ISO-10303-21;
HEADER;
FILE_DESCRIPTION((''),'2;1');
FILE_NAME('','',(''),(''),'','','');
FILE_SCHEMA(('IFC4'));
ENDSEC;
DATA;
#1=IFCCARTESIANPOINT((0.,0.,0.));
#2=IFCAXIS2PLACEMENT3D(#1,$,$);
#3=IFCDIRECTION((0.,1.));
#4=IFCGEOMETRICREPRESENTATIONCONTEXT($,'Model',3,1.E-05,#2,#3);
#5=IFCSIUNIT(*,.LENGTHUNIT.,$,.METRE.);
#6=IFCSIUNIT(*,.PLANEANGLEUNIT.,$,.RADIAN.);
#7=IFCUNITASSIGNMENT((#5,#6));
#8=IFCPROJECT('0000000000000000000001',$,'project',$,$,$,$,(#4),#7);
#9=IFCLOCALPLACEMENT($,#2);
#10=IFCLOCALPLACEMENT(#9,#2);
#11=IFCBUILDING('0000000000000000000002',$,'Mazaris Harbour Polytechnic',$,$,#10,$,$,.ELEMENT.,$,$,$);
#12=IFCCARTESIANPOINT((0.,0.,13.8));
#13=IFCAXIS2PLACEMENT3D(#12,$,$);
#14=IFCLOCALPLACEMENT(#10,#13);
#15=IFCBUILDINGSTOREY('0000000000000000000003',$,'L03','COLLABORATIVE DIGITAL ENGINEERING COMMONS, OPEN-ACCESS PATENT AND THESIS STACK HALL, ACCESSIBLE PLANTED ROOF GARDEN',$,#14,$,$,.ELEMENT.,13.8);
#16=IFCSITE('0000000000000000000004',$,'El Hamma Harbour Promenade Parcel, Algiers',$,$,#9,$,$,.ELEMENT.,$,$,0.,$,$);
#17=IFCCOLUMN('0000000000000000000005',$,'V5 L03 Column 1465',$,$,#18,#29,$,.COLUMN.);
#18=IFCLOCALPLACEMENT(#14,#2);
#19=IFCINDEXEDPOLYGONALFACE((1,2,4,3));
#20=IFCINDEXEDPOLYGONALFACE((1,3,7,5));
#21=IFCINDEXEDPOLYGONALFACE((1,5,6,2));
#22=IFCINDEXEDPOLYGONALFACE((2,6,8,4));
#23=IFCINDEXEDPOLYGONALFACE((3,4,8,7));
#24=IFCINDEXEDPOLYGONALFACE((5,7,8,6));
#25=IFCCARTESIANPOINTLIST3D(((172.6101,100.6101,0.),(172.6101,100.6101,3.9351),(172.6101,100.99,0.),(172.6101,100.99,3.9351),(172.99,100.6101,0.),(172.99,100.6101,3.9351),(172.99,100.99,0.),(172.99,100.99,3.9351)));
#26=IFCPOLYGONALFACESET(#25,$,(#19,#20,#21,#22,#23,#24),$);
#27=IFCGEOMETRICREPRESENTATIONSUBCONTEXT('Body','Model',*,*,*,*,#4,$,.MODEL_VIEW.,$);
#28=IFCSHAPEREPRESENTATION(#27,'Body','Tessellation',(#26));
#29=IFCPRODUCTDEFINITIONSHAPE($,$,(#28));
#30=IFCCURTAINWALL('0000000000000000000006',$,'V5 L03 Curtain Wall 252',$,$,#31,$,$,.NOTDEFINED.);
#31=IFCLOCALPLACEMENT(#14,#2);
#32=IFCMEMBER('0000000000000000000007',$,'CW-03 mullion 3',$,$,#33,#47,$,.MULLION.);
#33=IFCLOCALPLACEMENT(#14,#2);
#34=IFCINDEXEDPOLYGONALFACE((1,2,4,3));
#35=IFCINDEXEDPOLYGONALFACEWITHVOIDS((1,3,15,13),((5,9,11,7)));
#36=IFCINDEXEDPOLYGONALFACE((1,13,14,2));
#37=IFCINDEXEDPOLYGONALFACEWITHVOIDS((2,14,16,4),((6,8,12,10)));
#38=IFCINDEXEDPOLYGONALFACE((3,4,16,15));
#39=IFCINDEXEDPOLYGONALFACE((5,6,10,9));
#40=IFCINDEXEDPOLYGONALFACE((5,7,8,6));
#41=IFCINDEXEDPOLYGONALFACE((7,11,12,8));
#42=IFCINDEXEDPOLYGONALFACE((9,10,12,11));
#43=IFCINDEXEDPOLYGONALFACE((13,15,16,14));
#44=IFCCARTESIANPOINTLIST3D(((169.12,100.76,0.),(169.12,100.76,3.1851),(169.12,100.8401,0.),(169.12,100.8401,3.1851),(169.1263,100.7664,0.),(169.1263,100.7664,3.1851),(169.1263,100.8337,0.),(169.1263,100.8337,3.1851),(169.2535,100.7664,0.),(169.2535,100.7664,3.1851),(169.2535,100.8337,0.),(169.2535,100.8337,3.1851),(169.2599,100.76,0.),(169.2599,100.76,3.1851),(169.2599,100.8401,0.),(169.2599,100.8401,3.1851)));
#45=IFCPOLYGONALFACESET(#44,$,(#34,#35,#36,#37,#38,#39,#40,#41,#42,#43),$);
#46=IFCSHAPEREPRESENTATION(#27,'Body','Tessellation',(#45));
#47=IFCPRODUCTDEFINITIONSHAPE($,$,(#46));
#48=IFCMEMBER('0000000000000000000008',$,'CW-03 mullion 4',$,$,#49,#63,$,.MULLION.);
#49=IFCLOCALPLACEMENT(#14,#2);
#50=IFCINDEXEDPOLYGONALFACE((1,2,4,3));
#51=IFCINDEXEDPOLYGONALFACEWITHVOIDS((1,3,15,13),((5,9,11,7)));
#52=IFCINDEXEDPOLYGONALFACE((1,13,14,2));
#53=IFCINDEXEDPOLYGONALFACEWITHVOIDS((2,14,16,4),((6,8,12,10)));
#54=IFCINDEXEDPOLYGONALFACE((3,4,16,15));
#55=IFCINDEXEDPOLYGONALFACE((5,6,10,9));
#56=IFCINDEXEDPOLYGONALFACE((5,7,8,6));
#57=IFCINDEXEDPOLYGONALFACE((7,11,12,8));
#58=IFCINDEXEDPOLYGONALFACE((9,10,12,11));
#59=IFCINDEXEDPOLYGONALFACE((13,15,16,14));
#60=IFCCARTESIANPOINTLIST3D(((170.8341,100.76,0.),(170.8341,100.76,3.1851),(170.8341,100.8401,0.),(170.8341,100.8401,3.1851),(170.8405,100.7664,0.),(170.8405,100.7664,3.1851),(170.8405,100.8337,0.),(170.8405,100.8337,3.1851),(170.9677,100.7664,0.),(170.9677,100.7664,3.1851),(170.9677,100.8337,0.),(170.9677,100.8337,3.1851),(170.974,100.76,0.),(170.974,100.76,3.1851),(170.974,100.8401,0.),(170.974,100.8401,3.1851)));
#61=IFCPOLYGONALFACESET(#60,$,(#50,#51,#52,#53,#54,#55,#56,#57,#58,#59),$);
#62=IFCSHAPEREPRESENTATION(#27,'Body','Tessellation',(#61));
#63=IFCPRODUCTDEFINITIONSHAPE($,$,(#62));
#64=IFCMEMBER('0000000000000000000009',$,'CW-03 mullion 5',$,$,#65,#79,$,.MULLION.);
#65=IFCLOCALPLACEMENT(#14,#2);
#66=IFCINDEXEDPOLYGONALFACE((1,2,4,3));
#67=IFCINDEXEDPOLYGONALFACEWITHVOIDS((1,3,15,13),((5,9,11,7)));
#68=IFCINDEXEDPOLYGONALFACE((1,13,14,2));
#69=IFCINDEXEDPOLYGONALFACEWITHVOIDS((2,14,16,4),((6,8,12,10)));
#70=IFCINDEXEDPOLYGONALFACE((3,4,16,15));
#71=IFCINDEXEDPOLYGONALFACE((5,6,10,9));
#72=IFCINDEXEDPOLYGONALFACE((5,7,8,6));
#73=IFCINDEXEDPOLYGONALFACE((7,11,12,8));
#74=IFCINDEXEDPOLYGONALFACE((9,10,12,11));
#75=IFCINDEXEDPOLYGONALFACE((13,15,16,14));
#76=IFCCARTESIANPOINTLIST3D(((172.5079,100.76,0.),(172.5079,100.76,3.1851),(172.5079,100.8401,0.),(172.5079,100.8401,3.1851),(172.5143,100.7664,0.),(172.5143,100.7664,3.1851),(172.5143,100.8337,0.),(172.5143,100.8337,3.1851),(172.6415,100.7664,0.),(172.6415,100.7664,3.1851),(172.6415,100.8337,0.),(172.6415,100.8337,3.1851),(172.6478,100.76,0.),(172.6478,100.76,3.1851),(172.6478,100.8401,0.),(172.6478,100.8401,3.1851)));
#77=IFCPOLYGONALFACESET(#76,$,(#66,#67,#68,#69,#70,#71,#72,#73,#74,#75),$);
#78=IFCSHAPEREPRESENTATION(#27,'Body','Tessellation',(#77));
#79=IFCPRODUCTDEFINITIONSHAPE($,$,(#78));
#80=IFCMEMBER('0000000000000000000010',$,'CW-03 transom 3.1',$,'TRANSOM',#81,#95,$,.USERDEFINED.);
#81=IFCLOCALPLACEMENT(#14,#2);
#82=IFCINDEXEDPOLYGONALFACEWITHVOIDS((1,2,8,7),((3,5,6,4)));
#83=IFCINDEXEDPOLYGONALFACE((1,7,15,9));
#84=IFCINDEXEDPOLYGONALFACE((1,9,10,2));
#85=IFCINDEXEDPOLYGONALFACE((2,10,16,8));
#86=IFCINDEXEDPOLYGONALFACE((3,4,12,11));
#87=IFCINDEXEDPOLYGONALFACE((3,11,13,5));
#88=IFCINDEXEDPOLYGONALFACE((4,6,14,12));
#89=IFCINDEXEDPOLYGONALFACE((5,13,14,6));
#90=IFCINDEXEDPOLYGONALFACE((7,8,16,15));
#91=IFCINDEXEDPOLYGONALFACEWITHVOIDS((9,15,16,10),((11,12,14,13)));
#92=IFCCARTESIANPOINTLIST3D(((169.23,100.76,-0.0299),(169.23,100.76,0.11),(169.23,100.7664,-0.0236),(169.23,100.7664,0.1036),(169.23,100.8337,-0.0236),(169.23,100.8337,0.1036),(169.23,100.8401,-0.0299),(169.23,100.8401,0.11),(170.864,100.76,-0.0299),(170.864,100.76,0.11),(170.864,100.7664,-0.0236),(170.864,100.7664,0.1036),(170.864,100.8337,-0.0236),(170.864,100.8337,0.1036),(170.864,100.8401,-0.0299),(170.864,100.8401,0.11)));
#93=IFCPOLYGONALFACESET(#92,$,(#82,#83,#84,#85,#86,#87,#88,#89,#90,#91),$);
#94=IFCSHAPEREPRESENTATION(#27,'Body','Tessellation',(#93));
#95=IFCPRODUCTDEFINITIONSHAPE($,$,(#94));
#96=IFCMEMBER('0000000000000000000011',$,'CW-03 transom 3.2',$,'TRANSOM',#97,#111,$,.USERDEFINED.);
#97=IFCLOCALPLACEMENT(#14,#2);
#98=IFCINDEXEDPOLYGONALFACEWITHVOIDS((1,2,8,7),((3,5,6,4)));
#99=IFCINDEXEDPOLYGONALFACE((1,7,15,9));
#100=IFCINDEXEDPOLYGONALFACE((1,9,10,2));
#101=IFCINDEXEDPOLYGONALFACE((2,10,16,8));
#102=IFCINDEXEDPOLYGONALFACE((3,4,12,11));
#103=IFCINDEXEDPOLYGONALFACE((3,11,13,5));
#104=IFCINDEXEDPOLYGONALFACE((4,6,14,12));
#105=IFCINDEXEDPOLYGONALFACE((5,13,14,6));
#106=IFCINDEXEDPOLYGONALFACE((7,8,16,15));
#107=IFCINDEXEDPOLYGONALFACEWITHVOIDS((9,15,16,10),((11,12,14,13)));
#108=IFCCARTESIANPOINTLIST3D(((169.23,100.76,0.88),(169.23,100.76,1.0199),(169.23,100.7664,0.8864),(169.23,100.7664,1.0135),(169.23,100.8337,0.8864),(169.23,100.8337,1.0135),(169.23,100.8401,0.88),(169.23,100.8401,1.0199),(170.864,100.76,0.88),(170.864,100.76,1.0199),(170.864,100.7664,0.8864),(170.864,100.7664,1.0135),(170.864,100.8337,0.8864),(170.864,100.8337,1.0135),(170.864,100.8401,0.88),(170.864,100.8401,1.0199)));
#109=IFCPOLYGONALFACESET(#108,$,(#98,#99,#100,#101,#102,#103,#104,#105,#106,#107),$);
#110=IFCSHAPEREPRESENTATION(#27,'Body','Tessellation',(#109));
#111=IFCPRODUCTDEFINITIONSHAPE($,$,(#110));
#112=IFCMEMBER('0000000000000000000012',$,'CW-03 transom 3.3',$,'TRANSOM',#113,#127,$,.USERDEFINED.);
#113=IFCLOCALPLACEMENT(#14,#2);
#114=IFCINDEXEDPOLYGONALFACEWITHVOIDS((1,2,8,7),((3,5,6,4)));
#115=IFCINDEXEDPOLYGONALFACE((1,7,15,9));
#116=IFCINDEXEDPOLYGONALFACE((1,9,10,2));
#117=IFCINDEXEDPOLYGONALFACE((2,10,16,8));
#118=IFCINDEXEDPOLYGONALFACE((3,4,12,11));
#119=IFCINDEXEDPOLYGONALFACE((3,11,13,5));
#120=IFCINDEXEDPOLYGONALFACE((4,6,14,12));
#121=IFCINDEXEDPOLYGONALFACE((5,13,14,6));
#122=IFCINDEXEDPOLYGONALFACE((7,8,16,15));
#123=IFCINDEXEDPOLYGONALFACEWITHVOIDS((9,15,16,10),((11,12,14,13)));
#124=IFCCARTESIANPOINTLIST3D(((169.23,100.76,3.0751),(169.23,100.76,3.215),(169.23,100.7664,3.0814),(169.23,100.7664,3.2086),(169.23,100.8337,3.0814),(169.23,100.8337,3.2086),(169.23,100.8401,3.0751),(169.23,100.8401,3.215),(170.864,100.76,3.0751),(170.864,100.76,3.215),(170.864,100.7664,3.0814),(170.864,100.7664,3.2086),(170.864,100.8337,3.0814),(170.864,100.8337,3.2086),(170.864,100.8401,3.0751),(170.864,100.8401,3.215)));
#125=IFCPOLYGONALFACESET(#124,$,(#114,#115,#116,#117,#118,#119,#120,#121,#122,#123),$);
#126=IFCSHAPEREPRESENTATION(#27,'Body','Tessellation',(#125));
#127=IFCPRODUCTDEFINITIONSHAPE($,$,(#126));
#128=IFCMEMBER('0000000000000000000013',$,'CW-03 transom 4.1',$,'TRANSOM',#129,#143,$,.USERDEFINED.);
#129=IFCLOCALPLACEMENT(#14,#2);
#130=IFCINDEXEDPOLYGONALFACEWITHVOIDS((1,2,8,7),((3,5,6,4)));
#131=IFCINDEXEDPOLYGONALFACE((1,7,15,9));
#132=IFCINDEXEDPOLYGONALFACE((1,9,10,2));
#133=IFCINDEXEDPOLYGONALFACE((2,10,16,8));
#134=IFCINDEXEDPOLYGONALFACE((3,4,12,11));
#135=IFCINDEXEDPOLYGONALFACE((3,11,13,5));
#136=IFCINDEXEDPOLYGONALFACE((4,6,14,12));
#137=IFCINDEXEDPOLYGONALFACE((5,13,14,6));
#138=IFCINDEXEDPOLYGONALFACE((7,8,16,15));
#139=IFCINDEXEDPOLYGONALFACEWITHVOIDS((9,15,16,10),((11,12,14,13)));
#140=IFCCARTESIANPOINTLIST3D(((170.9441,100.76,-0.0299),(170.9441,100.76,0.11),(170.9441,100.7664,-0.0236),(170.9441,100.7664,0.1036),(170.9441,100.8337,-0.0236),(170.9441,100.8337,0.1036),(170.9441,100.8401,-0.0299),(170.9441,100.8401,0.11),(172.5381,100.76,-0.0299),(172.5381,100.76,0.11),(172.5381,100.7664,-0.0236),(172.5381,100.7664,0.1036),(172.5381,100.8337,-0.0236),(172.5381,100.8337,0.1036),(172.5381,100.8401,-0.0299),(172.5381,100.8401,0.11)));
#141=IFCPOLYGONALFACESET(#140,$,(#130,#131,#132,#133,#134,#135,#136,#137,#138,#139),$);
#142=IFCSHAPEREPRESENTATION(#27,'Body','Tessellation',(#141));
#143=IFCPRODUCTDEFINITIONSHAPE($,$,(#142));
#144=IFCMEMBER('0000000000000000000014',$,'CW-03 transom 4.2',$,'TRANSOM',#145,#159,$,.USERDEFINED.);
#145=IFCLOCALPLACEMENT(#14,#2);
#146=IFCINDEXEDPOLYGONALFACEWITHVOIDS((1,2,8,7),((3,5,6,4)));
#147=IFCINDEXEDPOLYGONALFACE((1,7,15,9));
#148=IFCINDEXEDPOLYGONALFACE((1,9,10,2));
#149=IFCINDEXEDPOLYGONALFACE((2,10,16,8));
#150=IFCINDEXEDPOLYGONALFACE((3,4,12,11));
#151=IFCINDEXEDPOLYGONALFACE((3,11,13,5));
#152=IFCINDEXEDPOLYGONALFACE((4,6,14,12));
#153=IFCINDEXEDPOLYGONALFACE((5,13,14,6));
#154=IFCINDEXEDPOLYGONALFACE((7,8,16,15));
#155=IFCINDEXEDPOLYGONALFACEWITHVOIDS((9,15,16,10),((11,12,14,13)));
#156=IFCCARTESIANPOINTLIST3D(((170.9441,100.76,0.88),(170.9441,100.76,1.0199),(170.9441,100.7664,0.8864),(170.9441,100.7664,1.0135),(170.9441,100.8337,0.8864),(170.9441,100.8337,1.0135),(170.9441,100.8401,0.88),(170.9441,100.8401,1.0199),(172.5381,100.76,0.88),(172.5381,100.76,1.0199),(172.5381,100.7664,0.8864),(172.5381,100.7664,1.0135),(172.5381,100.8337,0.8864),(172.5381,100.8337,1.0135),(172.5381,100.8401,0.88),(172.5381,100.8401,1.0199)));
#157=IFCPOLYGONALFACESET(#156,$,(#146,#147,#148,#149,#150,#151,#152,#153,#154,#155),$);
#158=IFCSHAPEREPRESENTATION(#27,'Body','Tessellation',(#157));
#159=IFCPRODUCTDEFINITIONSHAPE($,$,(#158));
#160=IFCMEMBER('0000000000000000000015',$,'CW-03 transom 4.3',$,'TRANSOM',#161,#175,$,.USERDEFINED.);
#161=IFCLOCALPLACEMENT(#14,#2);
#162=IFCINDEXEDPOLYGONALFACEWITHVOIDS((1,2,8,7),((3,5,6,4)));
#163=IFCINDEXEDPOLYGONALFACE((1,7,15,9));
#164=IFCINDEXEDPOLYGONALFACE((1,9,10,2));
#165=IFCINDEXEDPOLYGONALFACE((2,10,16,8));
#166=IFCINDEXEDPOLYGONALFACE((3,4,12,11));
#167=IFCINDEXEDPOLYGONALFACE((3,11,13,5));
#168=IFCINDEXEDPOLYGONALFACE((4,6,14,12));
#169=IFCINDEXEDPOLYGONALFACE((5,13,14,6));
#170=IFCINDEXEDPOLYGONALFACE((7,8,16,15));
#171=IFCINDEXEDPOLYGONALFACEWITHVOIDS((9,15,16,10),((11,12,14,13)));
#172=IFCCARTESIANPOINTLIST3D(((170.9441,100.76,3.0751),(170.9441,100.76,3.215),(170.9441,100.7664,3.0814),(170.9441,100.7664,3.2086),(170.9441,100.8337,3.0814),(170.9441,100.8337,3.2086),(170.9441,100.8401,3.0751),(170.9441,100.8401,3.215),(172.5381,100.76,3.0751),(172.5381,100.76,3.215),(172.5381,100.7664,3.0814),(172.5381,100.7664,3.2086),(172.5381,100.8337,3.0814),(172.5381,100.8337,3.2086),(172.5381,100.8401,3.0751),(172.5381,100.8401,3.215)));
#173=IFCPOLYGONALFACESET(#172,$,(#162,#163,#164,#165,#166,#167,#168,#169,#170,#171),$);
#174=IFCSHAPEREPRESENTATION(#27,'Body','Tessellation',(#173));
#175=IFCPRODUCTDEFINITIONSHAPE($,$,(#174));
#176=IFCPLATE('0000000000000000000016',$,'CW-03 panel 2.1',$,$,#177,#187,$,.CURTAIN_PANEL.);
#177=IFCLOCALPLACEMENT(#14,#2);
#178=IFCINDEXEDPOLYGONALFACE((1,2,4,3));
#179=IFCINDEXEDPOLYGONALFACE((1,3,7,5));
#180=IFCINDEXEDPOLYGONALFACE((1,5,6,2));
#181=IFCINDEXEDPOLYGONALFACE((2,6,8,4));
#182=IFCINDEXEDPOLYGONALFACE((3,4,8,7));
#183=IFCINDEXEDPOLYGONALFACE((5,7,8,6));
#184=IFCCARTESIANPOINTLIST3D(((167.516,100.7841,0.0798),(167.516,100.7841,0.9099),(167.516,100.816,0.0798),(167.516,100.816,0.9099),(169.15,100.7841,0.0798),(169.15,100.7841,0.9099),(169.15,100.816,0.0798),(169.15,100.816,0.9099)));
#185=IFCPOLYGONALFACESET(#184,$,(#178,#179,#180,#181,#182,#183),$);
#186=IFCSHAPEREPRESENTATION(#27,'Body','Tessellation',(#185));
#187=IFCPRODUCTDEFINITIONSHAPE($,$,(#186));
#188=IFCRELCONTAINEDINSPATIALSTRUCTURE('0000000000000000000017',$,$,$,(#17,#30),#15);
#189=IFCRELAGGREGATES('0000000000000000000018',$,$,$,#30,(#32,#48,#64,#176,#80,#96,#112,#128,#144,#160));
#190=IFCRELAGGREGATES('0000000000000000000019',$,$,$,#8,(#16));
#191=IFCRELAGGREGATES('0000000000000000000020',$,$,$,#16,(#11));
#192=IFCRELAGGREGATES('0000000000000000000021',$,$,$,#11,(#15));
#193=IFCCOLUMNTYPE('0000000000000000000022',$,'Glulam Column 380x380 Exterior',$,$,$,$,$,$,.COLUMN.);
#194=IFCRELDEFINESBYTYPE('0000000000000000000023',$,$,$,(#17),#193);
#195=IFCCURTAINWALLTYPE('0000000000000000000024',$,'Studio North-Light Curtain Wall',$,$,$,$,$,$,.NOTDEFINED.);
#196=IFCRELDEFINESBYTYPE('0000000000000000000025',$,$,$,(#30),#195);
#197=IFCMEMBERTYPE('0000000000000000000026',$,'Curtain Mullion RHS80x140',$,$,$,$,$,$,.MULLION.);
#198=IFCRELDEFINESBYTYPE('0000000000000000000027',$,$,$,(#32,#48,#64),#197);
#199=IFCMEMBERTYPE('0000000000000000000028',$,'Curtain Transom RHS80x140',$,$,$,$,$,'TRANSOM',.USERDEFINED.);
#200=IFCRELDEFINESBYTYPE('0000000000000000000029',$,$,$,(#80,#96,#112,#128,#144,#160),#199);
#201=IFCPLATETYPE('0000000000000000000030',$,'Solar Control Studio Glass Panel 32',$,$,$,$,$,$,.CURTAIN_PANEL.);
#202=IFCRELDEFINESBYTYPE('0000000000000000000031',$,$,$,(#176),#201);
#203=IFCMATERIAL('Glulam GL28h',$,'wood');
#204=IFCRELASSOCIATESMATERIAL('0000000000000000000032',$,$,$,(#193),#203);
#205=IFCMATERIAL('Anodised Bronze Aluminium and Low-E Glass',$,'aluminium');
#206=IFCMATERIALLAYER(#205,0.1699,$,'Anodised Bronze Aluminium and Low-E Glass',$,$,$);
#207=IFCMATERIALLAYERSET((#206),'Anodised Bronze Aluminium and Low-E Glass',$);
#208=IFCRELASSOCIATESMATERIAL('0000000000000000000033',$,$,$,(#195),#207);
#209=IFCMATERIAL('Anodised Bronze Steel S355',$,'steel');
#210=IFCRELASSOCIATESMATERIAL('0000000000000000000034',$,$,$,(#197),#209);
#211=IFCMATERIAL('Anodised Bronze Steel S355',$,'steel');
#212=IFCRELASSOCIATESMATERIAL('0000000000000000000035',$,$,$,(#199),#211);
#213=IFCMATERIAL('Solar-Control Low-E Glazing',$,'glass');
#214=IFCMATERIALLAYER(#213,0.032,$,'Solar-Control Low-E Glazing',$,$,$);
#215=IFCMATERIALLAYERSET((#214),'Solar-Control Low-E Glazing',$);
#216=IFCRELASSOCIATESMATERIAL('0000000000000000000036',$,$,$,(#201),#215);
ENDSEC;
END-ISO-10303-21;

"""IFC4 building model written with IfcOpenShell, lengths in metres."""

from ifc_helpers import new_model, si_unit, direction, frame, origin, origin_2d, place, context, subcontext, project, spatial, rectangle, hollow_rectangle, extrude, material, layer, layer_set, material_profile, profile_set, type_object, element, aggregate, save


model = new_model("IFC4")

# Units and contexts
model_context = context("Model", 3, precision=1e-05, world=origin(), true_north=direction((0.0, 1.0)))
body_context = subcontext(model_context, "Body", "Model", "MODEL_VIEW")
ifc_project = project(units=[si_unit("LENGTHUNIT", "METRE"), si_unit("PLANEANGLEUNIT", "RADIAN")], contexts=[model_context])

# Site, building, storey
site_placement = place(None, origin())
site = spatial("IfcSite", under=ifc_project, at=site_placement, Name="El Hamma Harbour Promenade Parcel, Algiers", CompositionType="ELEMENT", RefElevation=0.0)
building_placement = place(site_placement, origin())
building = spatial("IfcBuilding", under=site, at=building_placement, Name="Mazaris Harbour Polytechnic", CompositionType="ELEMENT")
storey_placement = place(building_placement, frame((0.0, 0.0, 13.8)))
storey = spatial("IfcBuildingStorey", under=building, at=storey_placement, Name="L03", Description="COLLABORATIVE DIGITAL ENGINEERING COMMONS, OPEN-ACCESS PATENT AND THESIS STACK HALL, ACCESSIBLE PLANTED ROOF GARDEN", CompositionType="ELEMENT", Elevation=13.8)

# Column
ifc_material_1 = material(Name="Glulam GL28h", Category="wood")
ifc_material_profile_1 = material_profile(ifc_material_1, rectangle(XDim=0.3799, YDim=0.3799, at=origin_2d()), Name="RECT380x380")
ifc_profile_set_1 = profile_set([ifc_material_profile_1], Name="Glulam GL28h")
column_type = type_object("IfcColumnType", Name="Glulam Column 380x380 Exterior", PredefinedType="COLUMN", material=ifc_profile_set_1)
column_placement = place(storey_placement, frame((172.8, 100.8, 0.0), z_axis=(0.0, 0.0, 1.0), x_axis=(1.0, 0.0, 0.0)))
element("IfcColumn", 1, at=column_placement, inside=storey, type_object=column_type, Name="V5 L03 Column 1465", PredefinedType="COLUMN", context=body_context, shape_type="SweptSolid", body=[
    extrude(rectangle(XDim=0.3799, YDim=0.3799, at=origin_2d()), origin(), (0.0, 0.0, 1.0), 3.9351),
])

# Curtain wall, members, plate
ifc_material_2 = material(Name="Anodised Bronze Aluminium and Low-E Glass", Category="aluminium")
ifc_layer_1 = layer(ifc_material_2, 0.1699, Name="Anodised Bronze Aluminium and Low-E Glass")
ifc_layer_set_1 = layer_set([ifc_layer_1], Name="Anodised Bronze Aluminium and Low-E Glass")
curtain_wall_type = type_object("IfcCurtainWallType", Name="Studio North-Light Curtain Wall", PredefinedType="NOTDEFINED", material=ifc_layer_set_1)
curtain_wall_placement = place(storey_placement, origin())
curtain_wall = element("IfcCurtainWall", 2, at=curtain_wall_placement, inside=storey, type_object=curtain_wall_type, Name="V5 L03 Curtain Wall 252", PredefinedType="NOTDEFINED")
ifc_material_3 = material(Name="Anodised Bronze Steel S355", Category="steel")
ifc_material_profile_2 = material_profile(ifc_material_3, hollow_rectangle(XDim=0.0801, YDim=0.1399, WallThickness=0.0063, at=origin_2d()), Name="RHS 80x140x6.3")
ifc_profile_set_2 = profile_set([ifc_material_profile_2], Name="Anodised Bronze Steel S355")
member_type_1 = type_object("IfcMemberType", Name="Curtain Mullion RHS80x140", PredefinedType="MULLION", material=ifc_profile_set_2)
member_1_placement = place(storey_placement, frame((169.1899, 100.8, 0.0), z_axis=(0.0, 0.0, 1.0), x_axis=(0.0, 1.0, 0.0)))
member_1 = element("IfcMember", 3, at=member_1_placement, type_object=member_type_1, Name="CW-03 mullion 3", PredefinedType="MULLION", context=body_context, shape_type="SweptSolid", body=[
    extrude(hollow_rectangle(XDim=0.0801, YDim=0.1399, WallThickness=0.0063, at=origin_2d()), origin(), (0.0, 0.0, 1.0), 3.1851),
])
member_2_placement = place(storey_placement, frame((170.9041, 100.8, 0.0), z_axis=(0.0, 0.0, 1.0), x_axis=(0.0, 1.0, 0.0)))
member_2 = element("IfcMember", 4, at=member_2_placement, type_object=member_type_1, Name="CW-03 mullion 4", PredefinedType="MULLION", context=body_context, shape_type="SweptSolid", body=[
    extrude(hollow_rectangle(XDim=0.0801, YDim=0.1399, WallThickness=0.0063, at=origin_2d()), origin(), (0.0, 0.0, 1.0), 3.1851),
])
member_3_placement = place(storey_placement, frame((172.5779, 100.8, 0.0), z_axis=(0.0, 0.0, 1.0), x_axis=(0.0, 1.0, 0.0)))
member_3 = element("IfcMember", 5, at=member_3_placement, type_object=member_type_1, Name="CW-03 mullion 5", PredefinedType="MULLION", context=body_context, shape_type="SweptSolid", body=[
    extrude(hollow_rectangle(XDim=0.0801, YDim=0.1399, WallThickness=0.0063, at=origin_2d()), origin(), (0.0, 0.0, 1.0), 3.1851),
])
ifc_material_4 = material(Name="Anodised Bronze Steel S355", Category="steel")
ifc_material_profile_3 = material_profile(ifc_material_4, hollow_rectangle(XDim=0.0801, YDim=0.1399, WallThickness=0.0063, at=origin_2d()), Name="RHS 80x140x6.3")
ifc_profile_set_3 = profile_set([ifc_material_profile_3], Name="Anodised Bronze Steel S355")
member_type_2 = type_object("IfcMemberType", Name="Curtain Transom RHS80x140", ElementType="TRANSOM", PredefinedType="USERDEFINED", material=ifc_profile_set_3)
member_4_placement = place(storey_placement, frame((169.23, 100.8, 0.04), z_axis=(1.0, 0.0, 0.0), x_axis=(0.0, 1.0, 0.0)))
member_4 = element("IfcMember", 6, at=member_4_placement, type_object=member_type_2, Name="CW-03 transom 3.1", ObjectType="TRANSOM", PredefinedType="USERDEFINED", context=body_context, shape_type="SweptSolid", body=[
    extrude(hollow_rectangle(XDim=0.0801, YDim=0.1399, WallThickness=0.0063, at=origin_2d()), origin(), (0.0, 0.0, 1.0), 1.634),
])
member_5_placement = place(storey_placement, frame((169.23, 100.8, 0.95), z_axis=(1.0, 0.0, 0.0), x_axis=(0.0, 1.0, 0.0)))
member_5 = element("IfcMember", 7, at=member_5_placement, type_object=member_type_2, Name="CW-03 transom 3.2", ObjectType="TRANSOM", PredefinedType="USERDEFINED", context=body_context, shape_type="SweptSolid", body=[
    extrude(hollow_rectangle(XDim=0.0801, YDim=0.1399, WallThickness=0.0063, at=origin_2d()), origin(), (0.0, 0.0, 1.0), 1.634),
])
member_6_placement = place(storey_placement, frame((169.23, 100.8, 3.145), z_axis=(1.0, 0.0, 0.0), x_axis=(0.0, 1.0, 0.0)))
member_6 = element("IfcMember", 8, at=member_6_placement, type_object=member_type_2, Name="CW-03 transom 3.3", ObjectType="TRANSOM", PredefinedType="USERDEFINED", context=body_context, shape_type="SweptSolid", body=[
    extrude(hollow_rectangle(XDim=0.0801, YDim=0.1399, WallThickness=0.0063, at=origin_2d()), origin(), (0.0, 0.0, 1.0), 1.634),
])
member_7_placement = place(storey_placement, frame((170.9441, 100.8, 0.04), z_axis=(1.0, 0.0, 0.0), x_axis=(0.0, 1.0, 0.0)))
member_7 = element("IfcMember", 9, at=member_7_placement, type_object=member_type_2, Name="CW-03 transom 4.1", ObjectType="TRANSOM", PredefinedType="USERDEFINED", context=body_context, shape_type="SweptSolid", body=[
    extrude(hollow_rectangle(XDim=0.0801, YDim=0.1399, WallThickness=0.0063, at=origin_2d()), origin(), (0.0, 0.0, 1.0), 1.594),
])
member_8_placement = place(storey_placement, frame((170.9441, 100.8, 0.95), z_axis=(1.0, 0.0, 0.0), x_axis=(0.0, 1.0, 0.0)))
member_8 = element("IfcMember", 10, at=member_8_placement, type_object=member_type_2, Name="CW-03 transom 4.2", ObjectType="TRANSOM", PredefinedType="USERDEFINED", context=body_context, shape_type="SweptSolid", body=[
    extrude(hollow_rectangle(XDim=0.0801, YDim=0.1399, WallThickness=0.0063, at=origin_2d()), origin(), (0.0, 0.0, 1.0), 1.594),
])
member_9_placement = place(storey_placement, frame((170.9441, 100.8, 3.145), z_axis=(1.0, 0.0, 0.0), x_axis=(0.0, 1.0, 0.0)))
member_9 = element("IfcMember", 11, at=member_9_placement, type_object=member_type_2, Name="CW-03 transom 4.3", ObjectType="TRANSOM", PredefinedType="USERDEFINED", context=body_context, shape_type="SweptSolid", body=[
    extrude(hollow_rectangle(XDim=0.0801, YDim=0.1399, WallThickness=0.0063, at=origin_2d()), origin(), (0.0, 0.0, 1.0), 1.594),
])
ifc_material_5 = material(Name="Solar-Control Low-E Glazing", Category="glass")
ifc_layer_2 = layer(ifc_material_5, 0.032, Name="Solar-Control Low-E Glazing")
ifc_layer_set_2 = layer_set([ifc_layer_2], Name="Solar-Control Low-E Glazing")
plate_type = type_object("IfcPlateType", Name="Solar Control Studio Glass Panel 32", PredefinedType="CURTAIN_PANEL", material=ifc_layer_set_2)
plate_1_placement = place(storey_placement, frame((168.333, 100.8, 0.0798), z_axis=(0.0, 0.0, 1.0), x_axis=(1.0, 0.0, 0.0)))
plate_1 = element("IfcPlate", 12, at=plate_1_placement, type_object=plate_type, Name="CW-03 panel 2.1", PredefinedType="CURTAIN_PANEL", context=body_context, shape_type="SweptSolid", body=[
    extrude(rectangle(XDim=1.634, YDim=0.032, at=origin_2d()), origin(), (0.0, 0.0, 1.0), 0.8301),
])
aggregate(curtain_wall, [member_1, member_2, member_3, plate_1, member_4, member_5, member_6, member_7, member_8, member_9])

save(model, "model.ifc")
